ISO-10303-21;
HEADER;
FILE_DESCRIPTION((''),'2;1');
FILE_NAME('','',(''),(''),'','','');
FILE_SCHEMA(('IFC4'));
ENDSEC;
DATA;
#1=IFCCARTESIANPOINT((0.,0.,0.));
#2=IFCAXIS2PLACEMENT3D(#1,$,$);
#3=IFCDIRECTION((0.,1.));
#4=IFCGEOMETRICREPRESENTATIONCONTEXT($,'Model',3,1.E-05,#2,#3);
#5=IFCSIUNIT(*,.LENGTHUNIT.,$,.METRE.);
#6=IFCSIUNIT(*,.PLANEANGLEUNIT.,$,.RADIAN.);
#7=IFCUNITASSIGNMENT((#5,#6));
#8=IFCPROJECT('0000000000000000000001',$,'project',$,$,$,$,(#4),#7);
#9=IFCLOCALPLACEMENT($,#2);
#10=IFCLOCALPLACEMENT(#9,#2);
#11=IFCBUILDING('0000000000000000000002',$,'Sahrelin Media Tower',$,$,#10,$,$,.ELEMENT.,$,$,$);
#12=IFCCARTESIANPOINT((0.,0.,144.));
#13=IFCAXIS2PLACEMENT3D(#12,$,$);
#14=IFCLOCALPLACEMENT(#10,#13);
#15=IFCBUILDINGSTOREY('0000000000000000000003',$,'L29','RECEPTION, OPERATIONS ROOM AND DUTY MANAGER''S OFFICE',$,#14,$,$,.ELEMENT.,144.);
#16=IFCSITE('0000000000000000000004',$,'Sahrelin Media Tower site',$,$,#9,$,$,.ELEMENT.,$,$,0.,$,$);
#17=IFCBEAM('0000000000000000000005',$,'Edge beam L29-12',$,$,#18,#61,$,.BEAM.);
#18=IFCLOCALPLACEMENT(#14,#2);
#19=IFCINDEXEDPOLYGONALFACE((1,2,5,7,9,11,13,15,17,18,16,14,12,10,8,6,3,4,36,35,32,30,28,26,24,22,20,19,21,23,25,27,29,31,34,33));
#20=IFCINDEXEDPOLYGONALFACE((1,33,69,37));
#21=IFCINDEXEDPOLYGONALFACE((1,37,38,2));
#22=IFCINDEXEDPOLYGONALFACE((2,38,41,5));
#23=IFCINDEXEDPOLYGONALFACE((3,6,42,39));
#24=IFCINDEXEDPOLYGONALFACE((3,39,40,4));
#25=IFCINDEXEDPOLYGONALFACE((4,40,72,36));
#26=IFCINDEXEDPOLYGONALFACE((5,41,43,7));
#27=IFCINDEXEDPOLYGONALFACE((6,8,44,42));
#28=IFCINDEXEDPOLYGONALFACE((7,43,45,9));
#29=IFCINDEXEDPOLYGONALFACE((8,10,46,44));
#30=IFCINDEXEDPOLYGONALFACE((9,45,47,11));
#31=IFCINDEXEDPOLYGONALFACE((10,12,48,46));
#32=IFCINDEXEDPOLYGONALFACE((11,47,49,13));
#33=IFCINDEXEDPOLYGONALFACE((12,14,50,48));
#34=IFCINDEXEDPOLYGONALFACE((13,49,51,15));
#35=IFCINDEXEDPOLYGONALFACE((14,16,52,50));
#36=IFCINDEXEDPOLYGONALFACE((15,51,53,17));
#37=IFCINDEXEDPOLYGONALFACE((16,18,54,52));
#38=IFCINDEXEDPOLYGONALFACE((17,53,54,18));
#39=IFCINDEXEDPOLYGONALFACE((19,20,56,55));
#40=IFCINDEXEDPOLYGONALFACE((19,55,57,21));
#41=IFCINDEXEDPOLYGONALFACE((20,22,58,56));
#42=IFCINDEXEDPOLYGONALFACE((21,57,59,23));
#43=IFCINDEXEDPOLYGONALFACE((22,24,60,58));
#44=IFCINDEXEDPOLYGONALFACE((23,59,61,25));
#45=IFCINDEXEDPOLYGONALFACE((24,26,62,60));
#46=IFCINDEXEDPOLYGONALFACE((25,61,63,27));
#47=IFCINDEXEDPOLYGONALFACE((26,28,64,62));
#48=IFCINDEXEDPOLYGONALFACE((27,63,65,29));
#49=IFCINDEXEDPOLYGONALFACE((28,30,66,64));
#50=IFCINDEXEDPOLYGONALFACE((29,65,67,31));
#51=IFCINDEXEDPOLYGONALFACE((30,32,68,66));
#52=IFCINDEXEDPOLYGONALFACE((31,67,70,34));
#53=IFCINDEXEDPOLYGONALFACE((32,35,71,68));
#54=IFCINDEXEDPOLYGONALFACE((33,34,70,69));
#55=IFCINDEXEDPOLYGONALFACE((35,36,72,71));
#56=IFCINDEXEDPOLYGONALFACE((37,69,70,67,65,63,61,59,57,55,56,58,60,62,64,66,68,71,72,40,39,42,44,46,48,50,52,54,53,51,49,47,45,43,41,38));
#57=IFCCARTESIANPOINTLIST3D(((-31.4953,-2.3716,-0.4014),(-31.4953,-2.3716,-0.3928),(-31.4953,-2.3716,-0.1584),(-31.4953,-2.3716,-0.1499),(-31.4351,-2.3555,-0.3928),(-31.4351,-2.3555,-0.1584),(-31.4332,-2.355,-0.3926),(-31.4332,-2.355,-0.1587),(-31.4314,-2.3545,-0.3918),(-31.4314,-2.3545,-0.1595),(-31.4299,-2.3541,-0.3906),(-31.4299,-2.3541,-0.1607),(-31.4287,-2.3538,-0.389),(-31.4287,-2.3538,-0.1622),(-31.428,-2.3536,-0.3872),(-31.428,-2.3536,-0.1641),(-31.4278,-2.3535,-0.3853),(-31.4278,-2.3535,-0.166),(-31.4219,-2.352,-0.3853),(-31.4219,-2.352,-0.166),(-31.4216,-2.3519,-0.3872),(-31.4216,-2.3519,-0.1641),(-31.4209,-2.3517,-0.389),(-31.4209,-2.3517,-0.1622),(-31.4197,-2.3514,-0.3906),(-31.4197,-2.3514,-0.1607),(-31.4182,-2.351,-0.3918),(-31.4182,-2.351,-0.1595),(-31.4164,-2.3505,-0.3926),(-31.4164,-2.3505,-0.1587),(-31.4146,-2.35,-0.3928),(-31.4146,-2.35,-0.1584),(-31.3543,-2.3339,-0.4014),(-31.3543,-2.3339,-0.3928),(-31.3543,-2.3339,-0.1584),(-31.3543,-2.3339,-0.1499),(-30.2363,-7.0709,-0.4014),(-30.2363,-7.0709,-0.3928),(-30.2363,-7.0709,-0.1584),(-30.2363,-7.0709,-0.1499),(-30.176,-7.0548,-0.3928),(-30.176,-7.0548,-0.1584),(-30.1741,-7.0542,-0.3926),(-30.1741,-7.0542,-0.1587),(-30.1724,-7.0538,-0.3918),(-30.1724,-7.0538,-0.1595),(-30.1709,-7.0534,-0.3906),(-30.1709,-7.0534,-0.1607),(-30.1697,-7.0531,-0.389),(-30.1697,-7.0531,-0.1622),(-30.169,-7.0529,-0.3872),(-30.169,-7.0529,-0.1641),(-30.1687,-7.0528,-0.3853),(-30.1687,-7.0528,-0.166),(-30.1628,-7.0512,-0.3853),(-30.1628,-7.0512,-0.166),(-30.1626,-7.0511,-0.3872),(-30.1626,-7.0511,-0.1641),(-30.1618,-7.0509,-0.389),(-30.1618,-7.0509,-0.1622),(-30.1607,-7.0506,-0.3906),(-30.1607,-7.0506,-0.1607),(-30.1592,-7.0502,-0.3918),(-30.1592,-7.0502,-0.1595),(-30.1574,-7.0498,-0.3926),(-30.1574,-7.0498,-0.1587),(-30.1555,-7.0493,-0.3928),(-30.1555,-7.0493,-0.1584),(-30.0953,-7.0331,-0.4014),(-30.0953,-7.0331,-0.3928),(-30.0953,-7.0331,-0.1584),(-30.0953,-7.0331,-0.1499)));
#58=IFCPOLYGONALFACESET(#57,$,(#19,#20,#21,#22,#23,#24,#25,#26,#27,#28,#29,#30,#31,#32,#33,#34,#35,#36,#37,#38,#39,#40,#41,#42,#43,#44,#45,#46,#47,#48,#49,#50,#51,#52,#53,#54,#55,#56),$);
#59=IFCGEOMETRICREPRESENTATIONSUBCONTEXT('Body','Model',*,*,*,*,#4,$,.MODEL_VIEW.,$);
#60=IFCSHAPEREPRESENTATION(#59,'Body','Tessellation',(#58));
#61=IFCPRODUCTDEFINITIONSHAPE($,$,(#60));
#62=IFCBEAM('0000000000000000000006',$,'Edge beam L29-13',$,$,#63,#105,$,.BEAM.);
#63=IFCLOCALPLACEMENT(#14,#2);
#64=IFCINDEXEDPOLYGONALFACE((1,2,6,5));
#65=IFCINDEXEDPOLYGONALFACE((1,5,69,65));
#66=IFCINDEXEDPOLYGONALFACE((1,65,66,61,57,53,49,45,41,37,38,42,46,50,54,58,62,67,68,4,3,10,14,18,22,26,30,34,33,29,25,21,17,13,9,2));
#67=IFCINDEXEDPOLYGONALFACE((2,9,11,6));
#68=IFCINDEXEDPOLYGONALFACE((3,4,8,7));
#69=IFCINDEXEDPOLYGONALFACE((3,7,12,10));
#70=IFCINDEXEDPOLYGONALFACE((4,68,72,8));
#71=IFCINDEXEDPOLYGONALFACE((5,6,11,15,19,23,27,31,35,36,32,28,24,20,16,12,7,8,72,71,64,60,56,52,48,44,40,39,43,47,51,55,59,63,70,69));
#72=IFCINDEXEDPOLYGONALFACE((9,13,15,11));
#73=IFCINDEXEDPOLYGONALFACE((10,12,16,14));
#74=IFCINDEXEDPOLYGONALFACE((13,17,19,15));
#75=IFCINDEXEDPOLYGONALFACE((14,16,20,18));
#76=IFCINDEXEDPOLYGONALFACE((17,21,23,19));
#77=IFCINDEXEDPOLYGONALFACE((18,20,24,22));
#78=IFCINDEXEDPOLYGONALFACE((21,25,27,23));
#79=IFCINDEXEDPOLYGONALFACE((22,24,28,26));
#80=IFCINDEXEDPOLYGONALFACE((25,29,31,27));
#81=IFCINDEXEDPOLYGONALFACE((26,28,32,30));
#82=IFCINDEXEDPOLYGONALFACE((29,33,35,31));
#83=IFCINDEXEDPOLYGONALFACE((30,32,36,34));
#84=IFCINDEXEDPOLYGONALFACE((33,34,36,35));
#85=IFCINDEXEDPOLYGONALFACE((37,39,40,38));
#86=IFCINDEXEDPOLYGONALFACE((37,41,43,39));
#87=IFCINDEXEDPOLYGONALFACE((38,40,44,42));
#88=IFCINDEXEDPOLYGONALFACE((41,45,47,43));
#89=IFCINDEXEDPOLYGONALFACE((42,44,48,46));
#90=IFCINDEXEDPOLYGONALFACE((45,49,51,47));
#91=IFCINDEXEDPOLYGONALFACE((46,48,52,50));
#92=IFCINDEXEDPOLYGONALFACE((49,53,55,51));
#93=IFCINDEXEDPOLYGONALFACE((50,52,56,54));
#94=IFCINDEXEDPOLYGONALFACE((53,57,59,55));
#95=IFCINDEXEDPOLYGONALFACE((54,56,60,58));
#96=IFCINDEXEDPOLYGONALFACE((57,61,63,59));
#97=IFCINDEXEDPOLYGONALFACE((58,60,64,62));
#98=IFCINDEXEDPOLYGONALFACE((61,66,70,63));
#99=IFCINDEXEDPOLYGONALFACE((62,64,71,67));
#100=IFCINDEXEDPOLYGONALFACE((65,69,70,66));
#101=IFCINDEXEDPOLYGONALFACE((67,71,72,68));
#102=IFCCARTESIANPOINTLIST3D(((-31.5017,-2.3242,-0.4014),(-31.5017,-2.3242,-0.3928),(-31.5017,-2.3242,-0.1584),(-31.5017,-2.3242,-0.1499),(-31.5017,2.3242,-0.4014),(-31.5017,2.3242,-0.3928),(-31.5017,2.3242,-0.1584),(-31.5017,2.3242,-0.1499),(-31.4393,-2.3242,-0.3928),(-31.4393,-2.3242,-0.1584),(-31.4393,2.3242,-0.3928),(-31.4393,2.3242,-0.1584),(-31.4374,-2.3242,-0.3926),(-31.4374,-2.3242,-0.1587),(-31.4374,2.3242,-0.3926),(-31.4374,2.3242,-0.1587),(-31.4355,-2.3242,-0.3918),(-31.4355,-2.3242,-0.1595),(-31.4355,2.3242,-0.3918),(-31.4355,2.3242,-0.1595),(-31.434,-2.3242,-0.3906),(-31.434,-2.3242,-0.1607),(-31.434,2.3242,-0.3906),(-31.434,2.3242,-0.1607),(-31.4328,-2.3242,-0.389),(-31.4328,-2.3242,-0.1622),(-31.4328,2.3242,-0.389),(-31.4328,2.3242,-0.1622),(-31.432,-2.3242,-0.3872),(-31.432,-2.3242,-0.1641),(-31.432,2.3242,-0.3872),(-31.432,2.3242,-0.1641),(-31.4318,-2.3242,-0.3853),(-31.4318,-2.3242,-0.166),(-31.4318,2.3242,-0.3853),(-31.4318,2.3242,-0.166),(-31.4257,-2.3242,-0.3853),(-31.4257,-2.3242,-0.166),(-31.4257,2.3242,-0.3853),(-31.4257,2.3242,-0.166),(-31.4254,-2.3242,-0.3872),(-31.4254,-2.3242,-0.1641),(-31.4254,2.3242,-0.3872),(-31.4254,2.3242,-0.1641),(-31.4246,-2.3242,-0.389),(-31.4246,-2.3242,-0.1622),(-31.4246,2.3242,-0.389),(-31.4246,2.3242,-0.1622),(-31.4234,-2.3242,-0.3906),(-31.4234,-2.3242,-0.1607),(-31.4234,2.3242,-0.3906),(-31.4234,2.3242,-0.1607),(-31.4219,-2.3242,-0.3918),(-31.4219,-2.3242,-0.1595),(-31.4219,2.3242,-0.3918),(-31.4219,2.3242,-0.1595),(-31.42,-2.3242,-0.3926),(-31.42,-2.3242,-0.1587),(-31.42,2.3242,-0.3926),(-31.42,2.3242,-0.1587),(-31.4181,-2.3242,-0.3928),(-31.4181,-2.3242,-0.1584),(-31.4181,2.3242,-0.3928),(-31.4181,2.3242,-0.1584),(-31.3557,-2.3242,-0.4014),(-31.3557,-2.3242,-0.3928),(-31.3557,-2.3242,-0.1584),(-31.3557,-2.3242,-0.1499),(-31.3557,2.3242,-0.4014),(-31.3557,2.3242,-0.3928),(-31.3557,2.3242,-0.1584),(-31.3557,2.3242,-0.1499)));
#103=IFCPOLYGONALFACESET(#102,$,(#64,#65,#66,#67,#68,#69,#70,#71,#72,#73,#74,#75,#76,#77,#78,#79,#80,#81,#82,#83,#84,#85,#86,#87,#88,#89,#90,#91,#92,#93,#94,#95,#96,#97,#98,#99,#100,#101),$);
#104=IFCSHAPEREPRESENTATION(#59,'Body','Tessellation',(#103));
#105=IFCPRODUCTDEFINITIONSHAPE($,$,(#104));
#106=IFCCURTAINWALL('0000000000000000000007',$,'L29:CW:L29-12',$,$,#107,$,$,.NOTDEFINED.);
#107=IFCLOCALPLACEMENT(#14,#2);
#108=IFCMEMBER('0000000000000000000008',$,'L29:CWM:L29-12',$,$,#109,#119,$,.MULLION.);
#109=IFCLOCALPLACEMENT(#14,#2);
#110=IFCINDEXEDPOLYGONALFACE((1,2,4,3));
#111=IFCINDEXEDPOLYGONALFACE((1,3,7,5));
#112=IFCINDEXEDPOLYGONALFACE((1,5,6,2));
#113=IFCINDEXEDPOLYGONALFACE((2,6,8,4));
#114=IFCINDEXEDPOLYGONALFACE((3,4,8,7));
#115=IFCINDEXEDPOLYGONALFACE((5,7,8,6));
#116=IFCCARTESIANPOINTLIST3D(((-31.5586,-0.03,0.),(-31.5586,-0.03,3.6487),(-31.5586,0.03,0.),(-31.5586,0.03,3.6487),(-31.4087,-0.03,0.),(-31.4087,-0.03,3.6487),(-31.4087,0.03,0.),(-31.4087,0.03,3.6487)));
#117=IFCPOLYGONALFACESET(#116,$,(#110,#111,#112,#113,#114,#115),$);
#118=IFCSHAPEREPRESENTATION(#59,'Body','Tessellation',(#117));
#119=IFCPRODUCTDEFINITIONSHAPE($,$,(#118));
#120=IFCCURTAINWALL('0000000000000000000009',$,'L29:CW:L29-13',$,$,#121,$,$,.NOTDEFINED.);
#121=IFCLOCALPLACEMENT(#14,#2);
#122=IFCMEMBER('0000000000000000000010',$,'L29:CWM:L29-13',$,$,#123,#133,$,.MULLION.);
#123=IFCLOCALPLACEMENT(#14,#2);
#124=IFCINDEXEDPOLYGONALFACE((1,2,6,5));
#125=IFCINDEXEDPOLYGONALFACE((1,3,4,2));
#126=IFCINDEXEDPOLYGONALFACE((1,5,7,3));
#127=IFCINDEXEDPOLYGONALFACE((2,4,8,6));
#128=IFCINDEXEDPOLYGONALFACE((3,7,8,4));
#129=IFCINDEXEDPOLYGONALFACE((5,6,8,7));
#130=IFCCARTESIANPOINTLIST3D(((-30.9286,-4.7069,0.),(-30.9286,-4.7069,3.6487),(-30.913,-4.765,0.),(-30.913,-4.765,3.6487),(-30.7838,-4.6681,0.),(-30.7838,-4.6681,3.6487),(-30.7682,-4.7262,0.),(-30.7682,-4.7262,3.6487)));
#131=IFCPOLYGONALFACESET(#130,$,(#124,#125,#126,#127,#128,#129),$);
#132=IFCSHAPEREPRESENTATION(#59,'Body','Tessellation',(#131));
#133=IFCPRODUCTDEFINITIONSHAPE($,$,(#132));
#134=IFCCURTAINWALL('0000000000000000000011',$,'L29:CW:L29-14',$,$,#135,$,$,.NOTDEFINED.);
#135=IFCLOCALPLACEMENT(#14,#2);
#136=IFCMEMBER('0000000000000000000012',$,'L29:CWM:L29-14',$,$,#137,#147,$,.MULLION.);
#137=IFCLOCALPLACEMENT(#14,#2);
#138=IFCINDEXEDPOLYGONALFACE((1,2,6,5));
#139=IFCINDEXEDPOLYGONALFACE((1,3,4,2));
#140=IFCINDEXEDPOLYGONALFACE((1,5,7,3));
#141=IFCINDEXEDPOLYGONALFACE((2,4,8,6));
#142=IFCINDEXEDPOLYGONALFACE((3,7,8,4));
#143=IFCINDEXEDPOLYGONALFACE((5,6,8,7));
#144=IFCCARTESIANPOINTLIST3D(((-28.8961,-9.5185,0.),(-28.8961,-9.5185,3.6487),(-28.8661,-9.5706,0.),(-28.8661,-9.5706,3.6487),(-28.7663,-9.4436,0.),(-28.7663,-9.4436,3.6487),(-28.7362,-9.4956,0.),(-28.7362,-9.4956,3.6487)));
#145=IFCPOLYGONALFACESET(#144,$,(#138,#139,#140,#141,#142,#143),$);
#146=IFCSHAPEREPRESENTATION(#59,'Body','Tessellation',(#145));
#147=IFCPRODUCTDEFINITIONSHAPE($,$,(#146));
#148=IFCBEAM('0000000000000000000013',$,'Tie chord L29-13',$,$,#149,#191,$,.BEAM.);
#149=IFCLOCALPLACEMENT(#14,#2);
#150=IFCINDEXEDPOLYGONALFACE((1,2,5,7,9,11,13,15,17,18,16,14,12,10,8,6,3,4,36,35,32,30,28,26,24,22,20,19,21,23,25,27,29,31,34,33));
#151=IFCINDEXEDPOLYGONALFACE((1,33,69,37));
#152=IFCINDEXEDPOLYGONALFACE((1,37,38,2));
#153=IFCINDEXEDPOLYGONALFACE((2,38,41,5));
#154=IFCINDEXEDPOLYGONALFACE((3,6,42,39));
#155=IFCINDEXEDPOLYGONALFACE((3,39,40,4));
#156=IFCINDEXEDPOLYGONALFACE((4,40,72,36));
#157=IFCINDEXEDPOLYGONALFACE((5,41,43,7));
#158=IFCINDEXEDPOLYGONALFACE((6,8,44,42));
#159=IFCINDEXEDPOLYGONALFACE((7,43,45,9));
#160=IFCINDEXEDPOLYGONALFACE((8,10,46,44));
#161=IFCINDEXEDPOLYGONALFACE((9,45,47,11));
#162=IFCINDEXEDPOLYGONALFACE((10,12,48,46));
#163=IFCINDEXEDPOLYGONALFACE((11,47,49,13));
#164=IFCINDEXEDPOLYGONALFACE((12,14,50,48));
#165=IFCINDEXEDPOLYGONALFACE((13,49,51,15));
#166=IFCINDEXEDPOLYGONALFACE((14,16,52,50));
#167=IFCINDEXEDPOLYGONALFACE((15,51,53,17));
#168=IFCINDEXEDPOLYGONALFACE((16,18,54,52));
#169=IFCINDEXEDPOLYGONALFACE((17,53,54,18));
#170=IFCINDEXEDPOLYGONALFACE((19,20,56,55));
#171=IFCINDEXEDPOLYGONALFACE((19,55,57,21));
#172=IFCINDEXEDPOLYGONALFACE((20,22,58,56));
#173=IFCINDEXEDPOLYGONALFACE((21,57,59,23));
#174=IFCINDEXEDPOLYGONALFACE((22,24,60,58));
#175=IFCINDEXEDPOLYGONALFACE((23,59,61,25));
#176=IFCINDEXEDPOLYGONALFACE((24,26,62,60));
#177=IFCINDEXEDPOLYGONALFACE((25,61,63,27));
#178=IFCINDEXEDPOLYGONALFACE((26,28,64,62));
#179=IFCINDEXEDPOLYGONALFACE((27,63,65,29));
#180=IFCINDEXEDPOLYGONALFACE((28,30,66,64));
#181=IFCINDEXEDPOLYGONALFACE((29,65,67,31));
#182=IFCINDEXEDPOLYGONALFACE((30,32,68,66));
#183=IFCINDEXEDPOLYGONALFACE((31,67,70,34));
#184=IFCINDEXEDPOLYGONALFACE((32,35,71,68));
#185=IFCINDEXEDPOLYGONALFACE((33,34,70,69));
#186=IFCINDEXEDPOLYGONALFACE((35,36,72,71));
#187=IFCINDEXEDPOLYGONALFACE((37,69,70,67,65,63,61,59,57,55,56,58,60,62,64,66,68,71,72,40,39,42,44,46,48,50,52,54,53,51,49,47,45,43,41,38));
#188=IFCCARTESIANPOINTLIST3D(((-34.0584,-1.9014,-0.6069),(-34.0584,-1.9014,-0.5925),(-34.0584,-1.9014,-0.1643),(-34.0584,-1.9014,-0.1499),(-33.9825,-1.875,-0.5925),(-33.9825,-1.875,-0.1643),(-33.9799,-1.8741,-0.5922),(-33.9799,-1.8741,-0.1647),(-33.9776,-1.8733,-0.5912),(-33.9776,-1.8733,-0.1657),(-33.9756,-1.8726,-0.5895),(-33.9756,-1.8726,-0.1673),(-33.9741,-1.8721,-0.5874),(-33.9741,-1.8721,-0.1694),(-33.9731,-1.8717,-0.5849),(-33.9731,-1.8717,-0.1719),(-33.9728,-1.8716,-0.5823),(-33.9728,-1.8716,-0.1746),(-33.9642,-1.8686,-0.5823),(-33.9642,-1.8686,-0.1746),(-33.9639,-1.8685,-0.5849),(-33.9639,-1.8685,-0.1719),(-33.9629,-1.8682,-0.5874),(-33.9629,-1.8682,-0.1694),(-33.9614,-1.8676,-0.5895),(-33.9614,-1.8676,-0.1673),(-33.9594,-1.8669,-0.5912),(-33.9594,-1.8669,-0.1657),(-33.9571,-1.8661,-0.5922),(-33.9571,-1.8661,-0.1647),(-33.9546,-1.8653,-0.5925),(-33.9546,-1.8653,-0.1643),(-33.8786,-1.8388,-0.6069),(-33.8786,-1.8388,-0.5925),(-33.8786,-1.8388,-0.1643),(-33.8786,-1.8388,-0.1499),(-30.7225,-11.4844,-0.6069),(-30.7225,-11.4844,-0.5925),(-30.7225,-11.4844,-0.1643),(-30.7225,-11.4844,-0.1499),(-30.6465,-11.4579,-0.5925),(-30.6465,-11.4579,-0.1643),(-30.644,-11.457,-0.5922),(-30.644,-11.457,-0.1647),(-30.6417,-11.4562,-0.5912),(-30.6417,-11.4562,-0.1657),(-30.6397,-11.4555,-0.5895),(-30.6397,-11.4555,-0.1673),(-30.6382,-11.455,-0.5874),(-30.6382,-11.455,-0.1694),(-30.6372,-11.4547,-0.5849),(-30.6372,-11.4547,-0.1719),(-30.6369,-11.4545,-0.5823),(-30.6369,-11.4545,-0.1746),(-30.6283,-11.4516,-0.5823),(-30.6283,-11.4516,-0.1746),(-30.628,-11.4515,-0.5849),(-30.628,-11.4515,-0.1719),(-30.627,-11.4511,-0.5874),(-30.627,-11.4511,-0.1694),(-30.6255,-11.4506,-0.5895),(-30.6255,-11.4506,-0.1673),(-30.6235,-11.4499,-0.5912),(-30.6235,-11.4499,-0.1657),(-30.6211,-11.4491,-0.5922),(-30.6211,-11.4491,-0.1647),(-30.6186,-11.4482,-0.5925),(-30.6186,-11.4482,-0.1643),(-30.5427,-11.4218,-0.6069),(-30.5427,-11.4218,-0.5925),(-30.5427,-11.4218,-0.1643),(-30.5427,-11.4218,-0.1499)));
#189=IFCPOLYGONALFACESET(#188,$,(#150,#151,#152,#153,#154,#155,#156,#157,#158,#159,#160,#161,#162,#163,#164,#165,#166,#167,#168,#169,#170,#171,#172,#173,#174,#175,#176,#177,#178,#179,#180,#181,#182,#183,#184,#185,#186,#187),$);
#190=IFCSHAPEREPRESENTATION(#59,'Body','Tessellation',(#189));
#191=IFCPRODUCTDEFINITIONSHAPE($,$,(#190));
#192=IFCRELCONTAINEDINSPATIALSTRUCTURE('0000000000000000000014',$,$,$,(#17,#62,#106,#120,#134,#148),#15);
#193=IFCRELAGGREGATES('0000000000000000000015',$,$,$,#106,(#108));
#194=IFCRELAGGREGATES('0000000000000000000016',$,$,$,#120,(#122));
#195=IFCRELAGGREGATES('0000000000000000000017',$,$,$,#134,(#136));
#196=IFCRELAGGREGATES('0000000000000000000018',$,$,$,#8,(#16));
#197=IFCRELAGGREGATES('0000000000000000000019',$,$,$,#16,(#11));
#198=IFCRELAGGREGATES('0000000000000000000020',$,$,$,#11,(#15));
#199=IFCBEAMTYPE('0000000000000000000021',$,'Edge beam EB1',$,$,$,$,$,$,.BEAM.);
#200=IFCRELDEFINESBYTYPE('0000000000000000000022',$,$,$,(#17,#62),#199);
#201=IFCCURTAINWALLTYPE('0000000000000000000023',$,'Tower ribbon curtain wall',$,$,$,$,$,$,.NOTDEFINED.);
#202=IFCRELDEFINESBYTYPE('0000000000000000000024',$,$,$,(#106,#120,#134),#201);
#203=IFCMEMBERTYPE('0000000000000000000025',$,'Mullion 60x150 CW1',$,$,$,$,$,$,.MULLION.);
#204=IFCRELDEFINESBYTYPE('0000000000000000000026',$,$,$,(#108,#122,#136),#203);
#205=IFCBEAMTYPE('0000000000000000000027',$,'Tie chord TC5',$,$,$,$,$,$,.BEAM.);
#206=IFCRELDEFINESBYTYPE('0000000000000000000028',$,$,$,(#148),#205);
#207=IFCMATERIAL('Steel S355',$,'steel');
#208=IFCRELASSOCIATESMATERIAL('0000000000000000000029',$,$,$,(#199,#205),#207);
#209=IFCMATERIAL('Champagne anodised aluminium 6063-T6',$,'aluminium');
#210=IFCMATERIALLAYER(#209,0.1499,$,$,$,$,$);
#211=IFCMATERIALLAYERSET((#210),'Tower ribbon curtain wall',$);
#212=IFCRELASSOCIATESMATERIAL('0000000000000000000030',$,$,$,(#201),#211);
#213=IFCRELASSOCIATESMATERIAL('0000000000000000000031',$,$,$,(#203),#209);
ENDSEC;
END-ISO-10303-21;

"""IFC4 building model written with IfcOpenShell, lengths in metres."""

from ifc_helpers import new_model, si_unit, direction, frame, origin, origin_2d, place, context, subcontext, project, spatial, rectangle, i_section, extrude, material, layer, layer_set, material_profile, profile_set, type_object, element, aggregate, save


model = new_model("IFC4")

# Units and contexts
model_context = context("Model", 3, precision=1e-05, world=origin(), true_north=direction((0.0, 1.0)))
body_context = subcontext(model_context, "Body", "Model", "MODEL_VIEW")
ifc_project = project(units=[si_unit("LENGTHUNIT", "METRE"), si_unit("PLANEANGLEUNIT", "RADIAN")], contexts=[model_context])

# Site, building, storey
site_placement = place(None, origin())
site = spatial("IfcSite", under=ifc_project, at=site_placement, Name="Sahrelin Media Tower site", CompositionType="ELEMENT", RefElevation=0.0)
building_placement = place(site_placement, origin())
building = spatial("IfcBuilding", under=site, at=building_placement, Name="Sahrelin Media Tower", CompositionType="ELEMENT")
storey_placement = place(building_placement, frame((0.0, 0.0, 144.0)))
storey = spatial("IfcBuildingStorey", under=building, at=storey_placement, Name="L29", Description="RECEPTION, OPERATIONS ROOM AND DUTY MANAGER'S OFFICE", CompositionType="ELEMENT", Elevation=144.0)

# Beams
ifc_material_1 = material(Name="Steel S355", Category="steel")
ifc_material_profile_1 = material_profile(ifc_material_1, i_section(OverallWidth=0.146, OverallDepth=0.2515, WebThickness=0.0061, FlangeThickness=0.0085, FilletRadius=0.0076, at=origin_2d()), Name="UB 254x146x31")
ifc_profile_set_1 = profile_set([ifc_material_profile_1], Name="Steel S355")
beam_type_1 = type_object("IfcBeamType", Name="Edge beam EB1", PredefinedType="BEAM", material=ifc_profile_set_1)
beam_1_placement = place(storey_placement, frame((-30.1658, -7.052, -0.2756), z_axis=(-0.258796, 0.965932, 0.0), x_axis=(-0.965932, -0.258796, 0.0)))
element("IfcBeam", 1, at=beam_1_placement, inside=storey, type_object=beam_type_1, Name="Edge beam L29-12", PredefinedType="BEAM", context=body_context, shape_type="SweptSolid", body=[
    extrude(i_section(OverallWidth=0.146, OverallDepth=0.2515, WebThickness=0.0061, FlangeThickness=0.0085, FilletRadius=0.0076, at=origin_2d()), origin(), (0.0, 0.0, 1.0), 4.865),
])
beam_2_placement = place(storey_placement, frame((-31.4287, -2.3242, -0.2756), z_axis=(0.0, 1.0, 0.0), x_axis=(-1.0, 0.0, 0.0)))
element("IfcBeam", 2, at=beam_2_placement, inside=storey, type_object=beam_type_1, Name="Edge beam L29-13", PredefinedType="BEAM", context=body_context, shape_type="SweptSolid", body=[
    extrude(i_section(OverallWidth=0.146, OverallDepth=0.2515, WebThickness=0.0061, FlangeThickness=0.0085, FilletRadius=0.0076, at=origin_2d()), origin(), (0.0, 0.0, 1.0), 4.6484),
])

# Curtain walls, members
ifc_material_2 = material(Name="Champagne anodised aluminium 6063-T6", Category="aluminium")
ifc_layer_1 = layer(ifc_material_2, 0.1499)
ifc_layer_set_1 = layer_set([ifc_layer_1], Name="Tower ribbon curtain wall")
curtain_wall_type = type_object("IfcCurtainWallType", Name="Tower ribbon curtain wall", PredefinedType="NOTDEFINED", material=ifc_layer_set_1)
curtain_wall_1_placement = place(storey_placement, frame((-31.5786, 0.0, 0.0), z_axis=(0.0, 0.0, 1.0), x_axis=(1.0, 0.0, 0.0)))
curtain_wall_1 = element("IfcCurtainWall", 3, at=curtain_wall_1_placement, inside=storey, type_object=curtain_wall_type, Name="L29:CW:L29-12", PredefinedType="NOTDEFINED")
ifc_material_profile_2 = material_profile(ifc_material_2, rectangle(XDim=0.0601, YDim=0.1499, at=origin_2d()), Name="Mullion 60x150")
ifc_profile_set_2 = profile_set([ifc_material_profile_2], Name="Champagne anodised aluminium 6063-T6")
member_type_1 = type_object("IfcMemberType", Name="Mullion 60x150 CW1", PredefinedType="MULLION", material=ifc_profile_set_2)
member_1_placement = place(storey_placement, frame((-31.4836, 0.0, 0.0), z_axis=(0.0, 0.0, 1.0), x_axis=(0.0, -1.0, 0.0)))
member_1 = element("IfcMember", 4, at=member_1_placement, type_object=member_type_1, Name="L29:CWM:L29-12", PredefinedType="MULLION", context=body_context, shape_type="SweptSolid", body=[
    extrude(rectangle(XDim=0.0601, YDim=0.1499, at=origin_2d()), origin(), (0.0, 0.0, 1.0), 3.6487),
])
aggregate(curtain_wall_1, [member_1])
curtain_wall_2_placement = place(storey_placement, frame((-30.9402, -4.7412, 0.0), z_axis=(0.0, 0.0, 1.0), x_axis=(1.0, 0.0, 0.0)))
curtain_wall_2 = element("IfcCurtainWall", 5, at=curtain_wall_2_placement, inside=storey, type_object=curtain_wall_type, Name="L29:CW:L29-13", PredefinedType="NOTDEFINED")
member_2_placement = place(storey_placement, frame((-30.8484, -4.7166, 0.0), z_axis=(0.0, 0.0, 1.0), x_axis=(0.258827, -0.965924, 0.0)))
member_2 = element("IfcMember", 6, at=member_2_placement, type_object=member_type_1, Name="L29:CWM:L29-13", PredefinedType="MULLION", context=body_context, shape_type="SweptSolid", body=[
    extrude(rectangle(XDim=0.0601, YDim=0.1499, at=origin_2d()), origin(), (0.0, 0.0, 1.0), 3.6487),
])
curtain_wall_3_placement = place(storey_placement, frame((-28.8984, -9.5547, 0.0), z_axis=(0.0, 0.0, 1.0), x_axis=(1.0, 0.0, 0.0)))
curtain_wall_3 = element("IfcCurtainWall", 7, at=curtain_wall_3_placement, inside=storey, type_object=curtain_wall_type, Name="L29:CW:L29-14", PredefinedType="NOTDEFINED")
member_3_placement = place(storey_placement, frame((-28.8162, -9.5071, 0.0), z_axis=(0.0, 0.0, 1.0), x_axis=(0.499994, -0.866029, 0.0)))
member_3 = element("IfcMember", 8, at=member_3_placement, type_object=member_type_1, Name="L29:CWM:L29-14", PredefinedType="MULLION", context=body_context, shape_type="SweptSolid", body=[
    extrude(rectangle(XDim=0.0601, YDim=0.1499, at=origin_2d()), origin(), (0.0, 0.0, 1.0), 3.6487),
])

# Beam
ifc_material_profile_3 = material_profile(ifc_material_1, i_section(OverallWidth=0.1904, OverallDepth=0.457, WebThickness=0.009, FlangeThickness=0.0144, FilletRadius=0.0103, at=origin_2d()), Name="UB 457x191x74")
ifc_profile_set_3 = profile_set([ifc_material_profile_3], Name="Steel S355")
beam_type_2 = type_object("IfcBeamType", Name="Tie chord TC5", PredefinedType="BEAM", material=ifc_profile_set_3)
beam_3_placement = place(storey_placement, frame((-33.9685, -1.8701, -0.3784), z_axis=(0.32876, -0.944414, 0.0), x_axis=(0.944414, 0.32876, 0.0)))
element("IfcBeam", 9, at=beam_3_placement, inside=storey, type_object=beam_type_2, Name="Tie chord L29-13", PredefinedType="BEAM", context=body_context, shape_type="SweptSolid", body=[
    extrude(i_section(OverallWidth=0.1904, OverallDepth=0.457, WebThickness=0.009, FlangeThickness=0.0144, FilletRadius=0.0103, at=origin_2d()), origin(), (0.0, 0.0, 1.0), 10.147),
])

aggregate(curtain_wall_2, [member_2])
aggregate(curtain_wall_3, [member_3])

save(model, "model.ifc")
